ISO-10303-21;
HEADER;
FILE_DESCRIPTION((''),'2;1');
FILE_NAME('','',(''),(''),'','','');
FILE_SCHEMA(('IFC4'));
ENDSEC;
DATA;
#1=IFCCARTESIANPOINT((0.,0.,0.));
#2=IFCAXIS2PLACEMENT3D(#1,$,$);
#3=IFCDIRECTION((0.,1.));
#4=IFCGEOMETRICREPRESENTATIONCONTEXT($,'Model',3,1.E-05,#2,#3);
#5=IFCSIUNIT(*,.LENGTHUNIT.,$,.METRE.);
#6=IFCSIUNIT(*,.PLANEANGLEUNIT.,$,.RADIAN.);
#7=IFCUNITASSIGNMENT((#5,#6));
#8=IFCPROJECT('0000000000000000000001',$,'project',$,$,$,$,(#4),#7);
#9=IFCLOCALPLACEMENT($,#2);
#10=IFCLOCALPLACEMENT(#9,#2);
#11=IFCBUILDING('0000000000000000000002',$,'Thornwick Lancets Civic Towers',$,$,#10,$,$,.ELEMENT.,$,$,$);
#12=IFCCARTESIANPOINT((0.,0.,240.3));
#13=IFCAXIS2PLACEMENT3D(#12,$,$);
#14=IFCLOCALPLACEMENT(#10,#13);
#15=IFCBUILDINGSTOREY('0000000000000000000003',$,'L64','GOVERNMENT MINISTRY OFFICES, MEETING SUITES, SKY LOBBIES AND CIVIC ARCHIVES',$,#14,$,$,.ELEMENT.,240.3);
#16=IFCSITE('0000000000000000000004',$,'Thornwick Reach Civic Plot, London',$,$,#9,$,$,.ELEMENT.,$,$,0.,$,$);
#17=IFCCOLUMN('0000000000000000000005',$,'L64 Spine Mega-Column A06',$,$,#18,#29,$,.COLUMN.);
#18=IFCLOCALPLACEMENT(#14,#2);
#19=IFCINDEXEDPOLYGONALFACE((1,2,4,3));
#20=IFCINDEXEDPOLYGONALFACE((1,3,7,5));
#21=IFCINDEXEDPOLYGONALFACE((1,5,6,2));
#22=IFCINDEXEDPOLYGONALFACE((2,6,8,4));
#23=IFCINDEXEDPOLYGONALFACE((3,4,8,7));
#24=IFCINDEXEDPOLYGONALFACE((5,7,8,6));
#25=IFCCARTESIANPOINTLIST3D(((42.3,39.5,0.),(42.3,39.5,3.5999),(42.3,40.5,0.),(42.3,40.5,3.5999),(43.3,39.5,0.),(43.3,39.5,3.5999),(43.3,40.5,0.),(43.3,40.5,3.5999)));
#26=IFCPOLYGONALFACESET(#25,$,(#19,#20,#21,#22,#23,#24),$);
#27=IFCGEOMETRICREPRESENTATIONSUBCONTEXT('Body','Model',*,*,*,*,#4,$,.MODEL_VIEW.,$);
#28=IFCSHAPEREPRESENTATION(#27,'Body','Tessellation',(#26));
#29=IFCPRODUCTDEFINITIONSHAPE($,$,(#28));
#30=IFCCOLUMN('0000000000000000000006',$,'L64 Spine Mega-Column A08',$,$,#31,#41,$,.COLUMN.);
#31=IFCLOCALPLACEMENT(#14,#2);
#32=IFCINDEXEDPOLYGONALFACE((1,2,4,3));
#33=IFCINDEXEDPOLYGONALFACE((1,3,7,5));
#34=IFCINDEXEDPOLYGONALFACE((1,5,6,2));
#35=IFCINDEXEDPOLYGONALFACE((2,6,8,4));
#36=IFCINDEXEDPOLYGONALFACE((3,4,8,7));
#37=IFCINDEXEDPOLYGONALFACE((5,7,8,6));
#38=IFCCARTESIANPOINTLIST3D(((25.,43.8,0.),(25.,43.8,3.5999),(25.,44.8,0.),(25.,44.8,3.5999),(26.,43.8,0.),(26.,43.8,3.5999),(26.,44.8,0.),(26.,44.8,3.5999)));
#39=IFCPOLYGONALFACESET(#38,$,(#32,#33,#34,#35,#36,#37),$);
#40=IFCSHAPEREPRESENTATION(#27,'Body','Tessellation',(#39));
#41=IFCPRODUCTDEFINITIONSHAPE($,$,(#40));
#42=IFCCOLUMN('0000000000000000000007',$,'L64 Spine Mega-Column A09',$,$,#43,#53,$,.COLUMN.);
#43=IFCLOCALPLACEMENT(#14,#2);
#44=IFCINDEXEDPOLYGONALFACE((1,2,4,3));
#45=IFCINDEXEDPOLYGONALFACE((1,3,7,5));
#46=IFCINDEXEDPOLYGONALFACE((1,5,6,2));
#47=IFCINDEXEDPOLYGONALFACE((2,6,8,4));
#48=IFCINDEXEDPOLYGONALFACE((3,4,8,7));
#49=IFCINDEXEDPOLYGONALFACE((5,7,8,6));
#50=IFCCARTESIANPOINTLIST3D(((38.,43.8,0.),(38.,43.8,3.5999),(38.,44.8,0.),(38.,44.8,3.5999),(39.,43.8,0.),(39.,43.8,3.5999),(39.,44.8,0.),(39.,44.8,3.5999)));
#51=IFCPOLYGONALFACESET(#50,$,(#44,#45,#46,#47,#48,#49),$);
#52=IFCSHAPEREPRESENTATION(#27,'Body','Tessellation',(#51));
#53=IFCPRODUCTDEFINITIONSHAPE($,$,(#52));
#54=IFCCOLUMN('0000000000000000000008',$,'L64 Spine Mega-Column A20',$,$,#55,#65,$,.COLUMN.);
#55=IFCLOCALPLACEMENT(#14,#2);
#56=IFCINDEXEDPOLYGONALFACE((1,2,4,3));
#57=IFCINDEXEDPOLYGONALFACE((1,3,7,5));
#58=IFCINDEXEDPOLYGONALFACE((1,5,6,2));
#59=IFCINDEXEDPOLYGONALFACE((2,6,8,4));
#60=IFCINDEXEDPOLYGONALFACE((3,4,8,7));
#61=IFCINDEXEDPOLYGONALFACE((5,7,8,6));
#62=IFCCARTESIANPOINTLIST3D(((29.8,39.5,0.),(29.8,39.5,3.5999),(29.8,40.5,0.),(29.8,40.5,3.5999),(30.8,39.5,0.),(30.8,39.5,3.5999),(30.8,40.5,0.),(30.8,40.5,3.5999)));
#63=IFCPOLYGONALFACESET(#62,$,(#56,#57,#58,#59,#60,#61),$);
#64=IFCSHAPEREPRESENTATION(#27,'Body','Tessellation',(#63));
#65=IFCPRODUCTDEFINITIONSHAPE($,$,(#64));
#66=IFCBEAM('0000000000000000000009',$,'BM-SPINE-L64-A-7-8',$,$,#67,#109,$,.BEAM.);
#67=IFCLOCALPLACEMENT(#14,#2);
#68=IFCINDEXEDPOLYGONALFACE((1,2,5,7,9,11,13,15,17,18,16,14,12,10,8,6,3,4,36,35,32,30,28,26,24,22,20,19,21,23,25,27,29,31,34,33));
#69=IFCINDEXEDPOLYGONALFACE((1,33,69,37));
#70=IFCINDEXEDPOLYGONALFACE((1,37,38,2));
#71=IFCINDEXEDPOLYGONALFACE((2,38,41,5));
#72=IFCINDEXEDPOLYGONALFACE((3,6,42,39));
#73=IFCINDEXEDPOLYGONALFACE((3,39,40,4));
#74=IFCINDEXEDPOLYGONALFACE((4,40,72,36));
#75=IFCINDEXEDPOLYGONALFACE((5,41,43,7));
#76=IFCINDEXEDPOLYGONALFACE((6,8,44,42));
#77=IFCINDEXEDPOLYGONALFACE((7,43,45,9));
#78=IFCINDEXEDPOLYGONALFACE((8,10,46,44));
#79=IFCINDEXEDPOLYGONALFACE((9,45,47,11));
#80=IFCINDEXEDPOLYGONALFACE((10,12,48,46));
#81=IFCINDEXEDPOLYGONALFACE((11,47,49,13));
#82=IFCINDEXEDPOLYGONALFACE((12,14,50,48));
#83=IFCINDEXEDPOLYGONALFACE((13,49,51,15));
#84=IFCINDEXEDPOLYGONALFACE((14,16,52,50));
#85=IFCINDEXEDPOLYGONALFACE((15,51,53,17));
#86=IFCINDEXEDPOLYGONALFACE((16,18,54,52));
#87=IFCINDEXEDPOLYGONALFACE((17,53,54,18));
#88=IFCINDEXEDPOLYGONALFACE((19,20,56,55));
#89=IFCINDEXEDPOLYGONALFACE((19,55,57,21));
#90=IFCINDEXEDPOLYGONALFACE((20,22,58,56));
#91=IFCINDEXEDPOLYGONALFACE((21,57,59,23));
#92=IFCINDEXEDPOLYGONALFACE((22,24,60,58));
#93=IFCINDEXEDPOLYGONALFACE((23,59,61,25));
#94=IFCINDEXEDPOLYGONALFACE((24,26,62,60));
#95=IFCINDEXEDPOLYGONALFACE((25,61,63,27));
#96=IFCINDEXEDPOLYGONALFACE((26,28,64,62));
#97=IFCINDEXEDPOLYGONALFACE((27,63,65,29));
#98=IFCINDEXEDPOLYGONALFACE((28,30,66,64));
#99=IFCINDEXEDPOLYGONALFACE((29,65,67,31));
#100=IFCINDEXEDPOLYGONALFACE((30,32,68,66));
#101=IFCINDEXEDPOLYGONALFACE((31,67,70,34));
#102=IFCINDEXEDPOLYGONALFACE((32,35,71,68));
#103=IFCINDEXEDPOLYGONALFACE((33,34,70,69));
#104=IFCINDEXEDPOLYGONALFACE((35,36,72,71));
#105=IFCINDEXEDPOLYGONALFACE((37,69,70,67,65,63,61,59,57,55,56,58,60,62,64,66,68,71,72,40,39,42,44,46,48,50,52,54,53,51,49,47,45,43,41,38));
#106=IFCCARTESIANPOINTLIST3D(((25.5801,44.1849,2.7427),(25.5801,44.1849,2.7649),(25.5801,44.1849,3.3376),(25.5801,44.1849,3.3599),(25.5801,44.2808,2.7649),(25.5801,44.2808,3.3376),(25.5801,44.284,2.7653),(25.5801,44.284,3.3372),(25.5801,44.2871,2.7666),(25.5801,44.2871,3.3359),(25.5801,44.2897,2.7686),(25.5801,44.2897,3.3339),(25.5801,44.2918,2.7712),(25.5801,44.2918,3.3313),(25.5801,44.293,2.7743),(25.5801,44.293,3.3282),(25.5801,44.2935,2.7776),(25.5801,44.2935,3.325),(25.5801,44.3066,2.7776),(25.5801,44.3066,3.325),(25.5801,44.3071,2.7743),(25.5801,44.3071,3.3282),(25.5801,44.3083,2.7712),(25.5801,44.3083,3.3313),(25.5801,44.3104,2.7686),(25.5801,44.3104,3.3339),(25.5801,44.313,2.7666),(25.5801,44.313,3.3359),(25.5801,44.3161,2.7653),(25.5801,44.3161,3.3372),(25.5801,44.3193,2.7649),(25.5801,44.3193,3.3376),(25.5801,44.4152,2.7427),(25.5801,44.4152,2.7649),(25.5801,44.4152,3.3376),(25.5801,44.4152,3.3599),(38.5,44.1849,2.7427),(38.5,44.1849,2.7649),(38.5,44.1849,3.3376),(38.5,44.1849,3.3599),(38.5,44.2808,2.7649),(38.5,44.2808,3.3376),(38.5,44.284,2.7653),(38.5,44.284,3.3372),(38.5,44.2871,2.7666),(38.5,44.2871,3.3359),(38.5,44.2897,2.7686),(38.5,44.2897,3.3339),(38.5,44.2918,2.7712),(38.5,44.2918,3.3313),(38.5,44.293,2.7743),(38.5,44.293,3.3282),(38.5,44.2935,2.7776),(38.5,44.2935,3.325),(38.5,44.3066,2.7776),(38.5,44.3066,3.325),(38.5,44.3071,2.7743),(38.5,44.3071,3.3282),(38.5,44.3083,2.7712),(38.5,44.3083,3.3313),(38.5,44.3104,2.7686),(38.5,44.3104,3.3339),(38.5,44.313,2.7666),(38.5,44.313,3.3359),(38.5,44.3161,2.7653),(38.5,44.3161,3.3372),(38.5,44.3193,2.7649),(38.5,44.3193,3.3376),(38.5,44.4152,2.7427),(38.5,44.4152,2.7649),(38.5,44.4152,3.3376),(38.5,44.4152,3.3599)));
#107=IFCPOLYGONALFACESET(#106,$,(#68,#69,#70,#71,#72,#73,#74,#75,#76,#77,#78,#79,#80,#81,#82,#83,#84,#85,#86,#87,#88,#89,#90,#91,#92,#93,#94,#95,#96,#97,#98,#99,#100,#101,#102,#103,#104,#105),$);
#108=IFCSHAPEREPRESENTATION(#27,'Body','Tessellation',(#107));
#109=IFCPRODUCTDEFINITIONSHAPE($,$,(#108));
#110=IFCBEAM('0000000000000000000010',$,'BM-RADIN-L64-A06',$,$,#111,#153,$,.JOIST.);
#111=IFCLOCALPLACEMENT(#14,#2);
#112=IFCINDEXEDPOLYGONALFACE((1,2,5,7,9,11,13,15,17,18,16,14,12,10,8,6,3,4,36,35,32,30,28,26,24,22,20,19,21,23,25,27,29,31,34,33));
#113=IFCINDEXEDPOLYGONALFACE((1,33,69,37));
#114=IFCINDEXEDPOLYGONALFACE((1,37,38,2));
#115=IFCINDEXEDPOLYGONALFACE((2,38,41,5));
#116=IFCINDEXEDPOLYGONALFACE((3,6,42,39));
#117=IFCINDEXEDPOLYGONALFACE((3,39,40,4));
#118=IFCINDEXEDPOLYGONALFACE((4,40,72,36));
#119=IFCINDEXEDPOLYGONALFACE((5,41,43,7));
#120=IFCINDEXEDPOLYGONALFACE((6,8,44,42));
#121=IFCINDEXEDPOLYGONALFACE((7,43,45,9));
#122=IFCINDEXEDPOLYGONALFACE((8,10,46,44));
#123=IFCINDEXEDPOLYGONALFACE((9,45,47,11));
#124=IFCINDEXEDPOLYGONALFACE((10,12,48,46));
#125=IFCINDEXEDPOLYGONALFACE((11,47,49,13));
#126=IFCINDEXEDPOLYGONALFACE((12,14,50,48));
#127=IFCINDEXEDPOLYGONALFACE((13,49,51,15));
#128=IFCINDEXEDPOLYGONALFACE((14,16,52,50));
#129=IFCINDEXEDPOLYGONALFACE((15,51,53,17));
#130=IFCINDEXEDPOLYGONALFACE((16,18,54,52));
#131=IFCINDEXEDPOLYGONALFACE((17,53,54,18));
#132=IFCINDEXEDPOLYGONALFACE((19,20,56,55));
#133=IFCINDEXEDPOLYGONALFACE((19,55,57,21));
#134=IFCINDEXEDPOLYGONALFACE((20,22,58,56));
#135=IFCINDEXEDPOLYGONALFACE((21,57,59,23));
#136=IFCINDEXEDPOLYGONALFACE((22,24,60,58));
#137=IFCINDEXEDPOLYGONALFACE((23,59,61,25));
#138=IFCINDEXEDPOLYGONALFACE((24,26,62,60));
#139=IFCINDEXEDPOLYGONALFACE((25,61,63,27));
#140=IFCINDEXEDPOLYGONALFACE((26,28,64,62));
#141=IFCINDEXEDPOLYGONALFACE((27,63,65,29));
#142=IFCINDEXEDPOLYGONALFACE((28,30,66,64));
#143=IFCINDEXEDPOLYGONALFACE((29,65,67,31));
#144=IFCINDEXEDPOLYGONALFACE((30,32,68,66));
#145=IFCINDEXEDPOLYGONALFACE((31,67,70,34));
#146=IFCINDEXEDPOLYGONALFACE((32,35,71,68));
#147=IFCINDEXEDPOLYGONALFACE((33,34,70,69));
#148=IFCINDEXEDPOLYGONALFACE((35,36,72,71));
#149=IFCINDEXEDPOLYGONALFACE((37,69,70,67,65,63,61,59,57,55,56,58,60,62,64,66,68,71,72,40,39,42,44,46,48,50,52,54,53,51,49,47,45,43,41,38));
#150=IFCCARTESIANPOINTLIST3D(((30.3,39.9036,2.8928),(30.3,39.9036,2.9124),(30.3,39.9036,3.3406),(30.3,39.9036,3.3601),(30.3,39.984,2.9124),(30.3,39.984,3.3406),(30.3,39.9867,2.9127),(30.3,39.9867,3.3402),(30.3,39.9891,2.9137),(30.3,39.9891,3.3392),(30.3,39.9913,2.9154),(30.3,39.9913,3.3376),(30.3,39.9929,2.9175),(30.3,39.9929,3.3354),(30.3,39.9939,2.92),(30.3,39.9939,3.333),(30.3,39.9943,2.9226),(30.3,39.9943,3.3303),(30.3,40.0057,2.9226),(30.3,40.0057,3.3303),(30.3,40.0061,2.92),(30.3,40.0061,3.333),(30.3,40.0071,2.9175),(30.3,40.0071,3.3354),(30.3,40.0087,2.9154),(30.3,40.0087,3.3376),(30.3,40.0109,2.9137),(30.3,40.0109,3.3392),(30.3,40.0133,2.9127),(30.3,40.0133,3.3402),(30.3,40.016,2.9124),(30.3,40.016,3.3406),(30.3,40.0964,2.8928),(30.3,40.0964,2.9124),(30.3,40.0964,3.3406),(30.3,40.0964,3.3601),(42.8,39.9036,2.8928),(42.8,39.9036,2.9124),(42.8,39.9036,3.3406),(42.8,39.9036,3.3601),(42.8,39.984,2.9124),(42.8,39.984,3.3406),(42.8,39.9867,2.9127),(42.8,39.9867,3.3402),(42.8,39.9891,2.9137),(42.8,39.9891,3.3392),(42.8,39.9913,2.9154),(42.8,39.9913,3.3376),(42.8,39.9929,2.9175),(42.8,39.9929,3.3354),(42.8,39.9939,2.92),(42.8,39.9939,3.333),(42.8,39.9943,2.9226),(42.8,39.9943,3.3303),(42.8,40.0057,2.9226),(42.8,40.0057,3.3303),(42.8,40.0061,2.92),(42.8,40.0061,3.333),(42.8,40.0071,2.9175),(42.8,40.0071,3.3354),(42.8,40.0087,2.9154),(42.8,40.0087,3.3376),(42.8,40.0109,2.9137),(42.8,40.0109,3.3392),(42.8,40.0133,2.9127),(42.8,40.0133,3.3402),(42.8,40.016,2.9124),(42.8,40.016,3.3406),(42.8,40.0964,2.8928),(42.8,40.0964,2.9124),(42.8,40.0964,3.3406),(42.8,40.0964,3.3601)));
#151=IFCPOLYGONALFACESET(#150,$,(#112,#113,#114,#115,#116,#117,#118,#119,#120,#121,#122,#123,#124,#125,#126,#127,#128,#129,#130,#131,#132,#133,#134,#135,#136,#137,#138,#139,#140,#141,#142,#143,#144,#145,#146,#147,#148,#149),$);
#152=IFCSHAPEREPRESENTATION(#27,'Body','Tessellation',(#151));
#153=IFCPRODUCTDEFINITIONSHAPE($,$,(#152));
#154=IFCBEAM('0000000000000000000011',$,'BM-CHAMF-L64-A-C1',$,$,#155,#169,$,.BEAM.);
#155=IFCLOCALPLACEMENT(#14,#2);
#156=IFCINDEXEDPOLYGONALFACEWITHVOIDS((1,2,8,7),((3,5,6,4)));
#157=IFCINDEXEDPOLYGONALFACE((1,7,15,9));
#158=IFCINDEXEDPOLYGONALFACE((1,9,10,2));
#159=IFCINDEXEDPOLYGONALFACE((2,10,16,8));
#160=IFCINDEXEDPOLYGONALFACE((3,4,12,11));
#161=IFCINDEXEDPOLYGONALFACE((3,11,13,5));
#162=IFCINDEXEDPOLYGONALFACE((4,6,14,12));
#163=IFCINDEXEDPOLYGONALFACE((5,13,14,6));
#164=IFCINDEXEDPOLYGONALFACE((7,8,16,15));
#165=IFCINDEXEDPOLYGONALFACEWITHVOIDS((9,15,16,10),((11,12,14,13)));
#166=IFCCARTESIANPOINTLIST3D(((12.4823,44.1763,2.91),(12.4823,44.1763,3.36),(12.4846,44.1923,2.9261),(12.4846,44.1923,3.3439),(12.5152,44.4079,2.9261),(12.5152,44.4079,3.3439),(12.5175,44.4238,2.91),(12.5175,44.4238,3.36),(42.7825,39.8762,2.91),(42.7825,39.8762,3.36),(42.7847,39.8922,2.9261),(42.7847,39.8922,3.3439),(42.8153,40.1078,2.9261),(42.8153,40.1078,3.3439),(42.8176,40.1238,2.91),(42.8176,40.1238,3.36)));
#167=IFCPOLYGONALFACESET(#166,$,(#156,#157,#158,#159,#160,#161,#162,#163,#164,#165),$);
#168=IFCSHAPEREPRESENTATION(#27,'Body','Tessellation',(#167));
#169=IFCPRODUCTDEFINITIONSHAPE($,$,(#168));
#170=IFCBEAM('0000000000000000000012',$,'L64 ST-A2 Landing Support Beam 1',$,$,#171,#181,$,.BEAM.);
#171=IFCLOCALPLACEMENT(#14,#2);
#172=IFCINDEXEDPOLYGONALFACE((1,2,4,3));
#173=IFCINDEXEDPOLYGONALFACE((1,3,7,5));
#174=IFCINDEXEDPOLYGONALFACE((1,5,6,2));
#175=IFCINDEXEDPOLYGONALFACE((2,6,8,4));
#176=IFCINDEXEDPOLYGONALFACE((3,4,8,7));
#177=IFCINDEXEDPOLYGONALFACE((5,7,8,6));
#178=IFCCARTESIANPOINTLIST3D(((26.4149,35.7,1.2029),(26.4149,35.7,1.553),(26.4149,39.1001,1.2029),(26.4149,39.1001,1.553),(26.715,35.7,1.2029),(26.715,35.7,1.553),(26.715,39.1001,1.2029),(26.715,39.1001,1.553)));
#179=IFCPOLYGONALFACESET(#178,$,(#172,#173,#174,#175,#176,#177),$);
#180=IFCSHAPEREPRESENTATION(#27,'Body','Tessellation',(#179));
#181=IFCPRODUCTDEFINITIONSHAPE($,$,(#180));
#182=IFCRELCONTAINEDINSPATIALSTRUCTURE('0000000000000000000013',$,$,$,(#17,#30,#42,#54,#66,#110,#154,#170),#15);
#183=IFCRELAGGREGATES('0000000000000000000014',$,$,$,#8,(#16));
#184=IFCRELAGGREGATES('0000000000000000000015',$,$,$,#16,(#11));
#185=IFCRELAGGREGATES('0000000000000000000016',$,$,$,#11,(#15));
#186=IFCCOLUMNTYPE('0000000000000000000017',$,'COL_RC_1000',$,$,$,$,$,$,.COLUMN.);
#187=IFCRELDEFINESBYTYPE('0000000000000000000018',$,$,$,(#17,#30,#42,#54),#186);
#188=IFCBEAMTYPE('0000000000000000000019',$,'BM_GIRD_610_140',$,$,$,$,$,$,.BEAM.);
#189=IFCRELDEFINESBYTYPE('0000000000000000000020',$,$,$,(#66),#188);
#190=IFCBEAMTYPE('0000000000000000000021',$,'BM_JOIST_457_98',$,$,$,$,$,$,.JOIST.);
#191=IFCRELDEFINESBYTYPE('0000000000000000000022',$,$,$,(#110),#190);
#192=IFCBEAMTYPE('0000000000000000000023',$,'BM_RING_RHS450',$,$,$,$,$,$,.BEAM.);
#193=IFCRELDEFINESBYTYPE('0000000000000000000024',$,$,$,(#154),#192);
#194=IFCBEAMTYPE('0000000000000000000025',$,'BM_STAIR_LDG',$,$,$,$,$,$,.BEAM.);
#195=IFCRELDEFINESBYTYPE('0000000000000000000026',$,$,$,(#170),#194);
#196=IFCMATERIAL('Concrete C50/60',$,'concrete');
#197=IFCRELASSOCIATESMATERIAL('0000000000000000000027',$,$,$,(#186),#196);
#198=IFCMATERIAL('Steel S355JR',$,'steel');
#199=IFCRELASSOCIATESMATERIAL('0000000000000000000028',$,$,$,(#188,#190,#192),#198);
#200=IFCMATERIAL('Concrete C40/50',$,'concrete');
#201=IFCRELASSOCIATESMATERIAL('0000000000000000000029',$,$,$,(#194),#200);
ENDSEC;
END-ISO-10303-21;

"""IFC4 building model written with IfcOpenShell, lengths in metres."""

from ifc_helpers import new_model, si_unit, direction, frame, origin, origin_2d, place, context, subcontext, project, spatial, rectangle, hollow_rectangle, i_section, extrude, material, material_profile, profile_set, type_object, element, save


model = new_model("IFC4")

# Units and contexts
model_context = context("Model", 3, precision=1e-05, world=origin(), true_north=direction((0.0, 1.0)))
body_context = subcontext(model_context, "Body", "Model", "MODEL_VIEW")
ifc_project = project(units=[si_unit("LENGTHUNIT", "METRE"), si_unit("PLANEANGLEUNIT", "RADIAN")], contexts=[model_context])

# Site, building, storey
site_placement = place(None, origin())
site = spatial("IfcSite", under=ifc_project, at=site_placement, Name="Thornwick Reach Civic Plot, London", CompositionType="ELEMENT", RefElevation=0.0)
building_placement = place(site_placement, origin())
building = spatial("IfcBuilding", under=site, at=building_placement, Name="Thornwick Lancets Civic Towers", CompositionType="ELEMENT")
storey_placement = place(building_placement, frame((0.0, 0.0, 240.3)))
storey = spatial("IfcBuildingStorey", under=building, at=storey_placement, Name="L64", Description="GOVERNMENT MINISTRY OFFICES, MEETING SUITES, SKY LOBBIES AND CIVIC ARCHIVES", CompositionType="ELEMENT", Elevation=240.3)

# Columns
ifc_material_1 = material(Name="Concrete C50/60", Category="concrete")
ifc_material_profile_1 = material_profile(ifc_material_1, rectangle(XDim=1.0, YDim=1.0, at=origin_2d()), Name="RC 1000x1000")
ifc_profile_set_1 = profile_set([ifc_material_profile_1], Name="Concrete C50/60")
column_type = type_object("IfcColumnType", Name="COL_RC_1000", PredefinedType="COLUMN", material=ifc_profile_set_1)
for number, where, z_axis, x_axis, name in (
    (1, (42.8, 40.0, 0.0), (0.0, 0.0, 1.0), (1.0, 0.0, 0.0), "L64 Spine Mega-Column A06"),
    (2, (25.5, 44.3, 0.0), (0.0, 0.0, 1.0), (1.0, 0.0, 0.0), "L64 Spine Mega-Column A08"),
    (3, (38.5, 44.3, 0.0), (0.0, 0.0, 1.0), (1.0, 0.0, 0.0), "L64 Spine Mega-Column A09"),
    (4, (30.3, 40.0, 0.0), (0.0, 0.0, 1.0), (1.0, 0.0, 0.0), "L64 Spine Mega-Column A20"),
):
    element("IfcColumn", number, at=place(storey_placement, frame(where, z_axis=z_axis, x_axis=x_axis)), inside=storey, type_object=column_type, Name=name, PredefinedType="COLUMN", context=body_context, shape_type="SweptSolid", body=[
        extrude(rectangle(XDim=1.0, YDim=1.0, at=origin_2d()), origin(), (0.0, 0.0, 1.0), 3.5999),
    ])

# Beams
ifc_material_2 = material(Name="Steel S355JR", Category="steel")
ifc_material_profile_2 = material_profile(ifc_material_2, i_section(OverallWidth=0.2302, OverallDepth=0.6172, WebThickness=0.0132, FlangeThickness=0.0222, FilletRadius=0.0127, at=origin_2d()), Name="UKB 610x229x140")
ifc_profile_set_2 = profile_set([ifc_material_profile_2], Name="Steel S355JR")
beam_type_1 = type_object("IfcBeamType", Name="BM_GIRD_610_140", PredefinedType="BEAM", material=ifc_profile_set_2)
beam_1_placement = place(storey_placement, frame((25.5801, 44.3, 3.0513), z_axis=(1.0, 0.0, 0.0), x_axis=(0.0, 1.0, 0.0)))
element("IfcBeam", 5, at=beam_1_placement, inside=storey, type_object=beam_type_1, Name="BM-SPINE-L64-A-7-8", PredefinedType="BEAM", context=body_context, shape_type="SweptSolid", body=[
    extrude(i_section(OverallWidth=0.2302, OverallDepth=0.6172, WebThickness=0.0132, FlangeThickness=0.0222, FilletRadius=0.0127, at=origin_2d()), origin(), (0.0, 0.0, 1.0), 12.9199),
])
ifc_material_profile_3 = material_profile(ifc_material_2, i_section(OverallWidth=0.1929, OverallDepth=0.4673, WebThickness=0.0115, FlangeThickness=0.0195, FilletRadius=0.0103, at=origin_2d()), Name="UKB 457x191x98")
ifc_profile_set_3 = profile_set([ifc_material_profile_3], Name="Steel S355JR")
beam_type_2 = type_object("IfcBeamType", Name="BM_JOIST_457_98", PredefinedType="JOIST", material=ifc_profile_set_3)
beam_2_placement = place(storey_placement, frame((30.3, 40.0, 3.1265), z_axis=(1.0, 0.0, 0.0), x_axis=(0.0, 1.0, 0.0)))
element("IfcBeam", 6, at=beam_2_placement, inside=storey, type_object=beam_type_2, Name="BM-RADIN-L64-A06", PredefinedType="JOIST", context=body_context, shape_type="SweptSolid", body=[
    extrude(i_section(OverallWidth=0.1929, OverallDepth=0.4673, WebThickness=0.0115, FlangeThickness=0.0195, FilletRadius=0.0103, at=origin_2d()), origin(), (0.0, 0.0, 1.0), 12.5),
])
ifc_material_profile_4 = material_profile(ifc_material_2, hollow_rectangle(XDim=0.25, YDim=0.45, WallThickness=0.0161, at=origin_2d()), Name="RHS 450x250x16")
ifc_profile_set_4 = profile_set([ifc_material_profile_4], Name="Steel S355JR")
beam_type_3 = type_object("IfcBeamType", Name="BM_RING_RHS450", PredefinedType="BEAM", material=ifc_profile_set_4)
beam_3_placement = place(storey_placement, frame((42.8, 40.0, 3.135), z_axis=(-0.99008, 0.140508, 0.0), x_axis=(-0.140508, -0.99008, 0.0)))
element("IfcBeam", 7, at=beam_3_placement, inside=storey, type_object=beam_type_3, Name="BM-CHAMF-L64-A-C1", PredefinedType="BEAM", context=body_context, shape_type="SweptSolid", body=[
    extrude(hollow_rectangle(XDim=0.25, YDim=0.45, WallThickness=0.0161, at=origin_2d()), origin(), (0.0, 0.0, 1.0), 30.6038),
])
ifc_material_3 = material(Name="Concrete C40/50", Category="concrete")
ifc_material_profile_5 = material_profile(ifc_material_3, rectangle(XDim=0.3, YDim=0.3501, at=origin_2d()), Name="RC 300x350")
ifc_profile_set_5 = profile_set([ifc_material_profile_5], Name="Concrete C40/50")
beam_type_4 = type_object("IfcBeamType", Name="BM_STAIR_LDG", PredefinedType="BEAM", material=ifc_profile_set_5)
beam_4_placement = place(storey_placement, frame((26.5649, 39.1001, 1.3779), z_axis=(0.0, -1.0, 0.0), x_axis=(1.0, 0.0, 0.0)))
element("IfcBeam", 8, at=beam_4_placement, inside=storey, type_object=beam_type_4, Name="L64 ST-A2 Landing Support Beam 1", PredefinedType="BEAM", context=body_context, shape_type="SweptSolid", body=[
    extrude(rectangle(XDim=0.3, YDim=0.3501, at=origin_2d()), origin(), (0.0, 0.0, 1.0), 3.4001),
])

save(model, "model.ifc")
